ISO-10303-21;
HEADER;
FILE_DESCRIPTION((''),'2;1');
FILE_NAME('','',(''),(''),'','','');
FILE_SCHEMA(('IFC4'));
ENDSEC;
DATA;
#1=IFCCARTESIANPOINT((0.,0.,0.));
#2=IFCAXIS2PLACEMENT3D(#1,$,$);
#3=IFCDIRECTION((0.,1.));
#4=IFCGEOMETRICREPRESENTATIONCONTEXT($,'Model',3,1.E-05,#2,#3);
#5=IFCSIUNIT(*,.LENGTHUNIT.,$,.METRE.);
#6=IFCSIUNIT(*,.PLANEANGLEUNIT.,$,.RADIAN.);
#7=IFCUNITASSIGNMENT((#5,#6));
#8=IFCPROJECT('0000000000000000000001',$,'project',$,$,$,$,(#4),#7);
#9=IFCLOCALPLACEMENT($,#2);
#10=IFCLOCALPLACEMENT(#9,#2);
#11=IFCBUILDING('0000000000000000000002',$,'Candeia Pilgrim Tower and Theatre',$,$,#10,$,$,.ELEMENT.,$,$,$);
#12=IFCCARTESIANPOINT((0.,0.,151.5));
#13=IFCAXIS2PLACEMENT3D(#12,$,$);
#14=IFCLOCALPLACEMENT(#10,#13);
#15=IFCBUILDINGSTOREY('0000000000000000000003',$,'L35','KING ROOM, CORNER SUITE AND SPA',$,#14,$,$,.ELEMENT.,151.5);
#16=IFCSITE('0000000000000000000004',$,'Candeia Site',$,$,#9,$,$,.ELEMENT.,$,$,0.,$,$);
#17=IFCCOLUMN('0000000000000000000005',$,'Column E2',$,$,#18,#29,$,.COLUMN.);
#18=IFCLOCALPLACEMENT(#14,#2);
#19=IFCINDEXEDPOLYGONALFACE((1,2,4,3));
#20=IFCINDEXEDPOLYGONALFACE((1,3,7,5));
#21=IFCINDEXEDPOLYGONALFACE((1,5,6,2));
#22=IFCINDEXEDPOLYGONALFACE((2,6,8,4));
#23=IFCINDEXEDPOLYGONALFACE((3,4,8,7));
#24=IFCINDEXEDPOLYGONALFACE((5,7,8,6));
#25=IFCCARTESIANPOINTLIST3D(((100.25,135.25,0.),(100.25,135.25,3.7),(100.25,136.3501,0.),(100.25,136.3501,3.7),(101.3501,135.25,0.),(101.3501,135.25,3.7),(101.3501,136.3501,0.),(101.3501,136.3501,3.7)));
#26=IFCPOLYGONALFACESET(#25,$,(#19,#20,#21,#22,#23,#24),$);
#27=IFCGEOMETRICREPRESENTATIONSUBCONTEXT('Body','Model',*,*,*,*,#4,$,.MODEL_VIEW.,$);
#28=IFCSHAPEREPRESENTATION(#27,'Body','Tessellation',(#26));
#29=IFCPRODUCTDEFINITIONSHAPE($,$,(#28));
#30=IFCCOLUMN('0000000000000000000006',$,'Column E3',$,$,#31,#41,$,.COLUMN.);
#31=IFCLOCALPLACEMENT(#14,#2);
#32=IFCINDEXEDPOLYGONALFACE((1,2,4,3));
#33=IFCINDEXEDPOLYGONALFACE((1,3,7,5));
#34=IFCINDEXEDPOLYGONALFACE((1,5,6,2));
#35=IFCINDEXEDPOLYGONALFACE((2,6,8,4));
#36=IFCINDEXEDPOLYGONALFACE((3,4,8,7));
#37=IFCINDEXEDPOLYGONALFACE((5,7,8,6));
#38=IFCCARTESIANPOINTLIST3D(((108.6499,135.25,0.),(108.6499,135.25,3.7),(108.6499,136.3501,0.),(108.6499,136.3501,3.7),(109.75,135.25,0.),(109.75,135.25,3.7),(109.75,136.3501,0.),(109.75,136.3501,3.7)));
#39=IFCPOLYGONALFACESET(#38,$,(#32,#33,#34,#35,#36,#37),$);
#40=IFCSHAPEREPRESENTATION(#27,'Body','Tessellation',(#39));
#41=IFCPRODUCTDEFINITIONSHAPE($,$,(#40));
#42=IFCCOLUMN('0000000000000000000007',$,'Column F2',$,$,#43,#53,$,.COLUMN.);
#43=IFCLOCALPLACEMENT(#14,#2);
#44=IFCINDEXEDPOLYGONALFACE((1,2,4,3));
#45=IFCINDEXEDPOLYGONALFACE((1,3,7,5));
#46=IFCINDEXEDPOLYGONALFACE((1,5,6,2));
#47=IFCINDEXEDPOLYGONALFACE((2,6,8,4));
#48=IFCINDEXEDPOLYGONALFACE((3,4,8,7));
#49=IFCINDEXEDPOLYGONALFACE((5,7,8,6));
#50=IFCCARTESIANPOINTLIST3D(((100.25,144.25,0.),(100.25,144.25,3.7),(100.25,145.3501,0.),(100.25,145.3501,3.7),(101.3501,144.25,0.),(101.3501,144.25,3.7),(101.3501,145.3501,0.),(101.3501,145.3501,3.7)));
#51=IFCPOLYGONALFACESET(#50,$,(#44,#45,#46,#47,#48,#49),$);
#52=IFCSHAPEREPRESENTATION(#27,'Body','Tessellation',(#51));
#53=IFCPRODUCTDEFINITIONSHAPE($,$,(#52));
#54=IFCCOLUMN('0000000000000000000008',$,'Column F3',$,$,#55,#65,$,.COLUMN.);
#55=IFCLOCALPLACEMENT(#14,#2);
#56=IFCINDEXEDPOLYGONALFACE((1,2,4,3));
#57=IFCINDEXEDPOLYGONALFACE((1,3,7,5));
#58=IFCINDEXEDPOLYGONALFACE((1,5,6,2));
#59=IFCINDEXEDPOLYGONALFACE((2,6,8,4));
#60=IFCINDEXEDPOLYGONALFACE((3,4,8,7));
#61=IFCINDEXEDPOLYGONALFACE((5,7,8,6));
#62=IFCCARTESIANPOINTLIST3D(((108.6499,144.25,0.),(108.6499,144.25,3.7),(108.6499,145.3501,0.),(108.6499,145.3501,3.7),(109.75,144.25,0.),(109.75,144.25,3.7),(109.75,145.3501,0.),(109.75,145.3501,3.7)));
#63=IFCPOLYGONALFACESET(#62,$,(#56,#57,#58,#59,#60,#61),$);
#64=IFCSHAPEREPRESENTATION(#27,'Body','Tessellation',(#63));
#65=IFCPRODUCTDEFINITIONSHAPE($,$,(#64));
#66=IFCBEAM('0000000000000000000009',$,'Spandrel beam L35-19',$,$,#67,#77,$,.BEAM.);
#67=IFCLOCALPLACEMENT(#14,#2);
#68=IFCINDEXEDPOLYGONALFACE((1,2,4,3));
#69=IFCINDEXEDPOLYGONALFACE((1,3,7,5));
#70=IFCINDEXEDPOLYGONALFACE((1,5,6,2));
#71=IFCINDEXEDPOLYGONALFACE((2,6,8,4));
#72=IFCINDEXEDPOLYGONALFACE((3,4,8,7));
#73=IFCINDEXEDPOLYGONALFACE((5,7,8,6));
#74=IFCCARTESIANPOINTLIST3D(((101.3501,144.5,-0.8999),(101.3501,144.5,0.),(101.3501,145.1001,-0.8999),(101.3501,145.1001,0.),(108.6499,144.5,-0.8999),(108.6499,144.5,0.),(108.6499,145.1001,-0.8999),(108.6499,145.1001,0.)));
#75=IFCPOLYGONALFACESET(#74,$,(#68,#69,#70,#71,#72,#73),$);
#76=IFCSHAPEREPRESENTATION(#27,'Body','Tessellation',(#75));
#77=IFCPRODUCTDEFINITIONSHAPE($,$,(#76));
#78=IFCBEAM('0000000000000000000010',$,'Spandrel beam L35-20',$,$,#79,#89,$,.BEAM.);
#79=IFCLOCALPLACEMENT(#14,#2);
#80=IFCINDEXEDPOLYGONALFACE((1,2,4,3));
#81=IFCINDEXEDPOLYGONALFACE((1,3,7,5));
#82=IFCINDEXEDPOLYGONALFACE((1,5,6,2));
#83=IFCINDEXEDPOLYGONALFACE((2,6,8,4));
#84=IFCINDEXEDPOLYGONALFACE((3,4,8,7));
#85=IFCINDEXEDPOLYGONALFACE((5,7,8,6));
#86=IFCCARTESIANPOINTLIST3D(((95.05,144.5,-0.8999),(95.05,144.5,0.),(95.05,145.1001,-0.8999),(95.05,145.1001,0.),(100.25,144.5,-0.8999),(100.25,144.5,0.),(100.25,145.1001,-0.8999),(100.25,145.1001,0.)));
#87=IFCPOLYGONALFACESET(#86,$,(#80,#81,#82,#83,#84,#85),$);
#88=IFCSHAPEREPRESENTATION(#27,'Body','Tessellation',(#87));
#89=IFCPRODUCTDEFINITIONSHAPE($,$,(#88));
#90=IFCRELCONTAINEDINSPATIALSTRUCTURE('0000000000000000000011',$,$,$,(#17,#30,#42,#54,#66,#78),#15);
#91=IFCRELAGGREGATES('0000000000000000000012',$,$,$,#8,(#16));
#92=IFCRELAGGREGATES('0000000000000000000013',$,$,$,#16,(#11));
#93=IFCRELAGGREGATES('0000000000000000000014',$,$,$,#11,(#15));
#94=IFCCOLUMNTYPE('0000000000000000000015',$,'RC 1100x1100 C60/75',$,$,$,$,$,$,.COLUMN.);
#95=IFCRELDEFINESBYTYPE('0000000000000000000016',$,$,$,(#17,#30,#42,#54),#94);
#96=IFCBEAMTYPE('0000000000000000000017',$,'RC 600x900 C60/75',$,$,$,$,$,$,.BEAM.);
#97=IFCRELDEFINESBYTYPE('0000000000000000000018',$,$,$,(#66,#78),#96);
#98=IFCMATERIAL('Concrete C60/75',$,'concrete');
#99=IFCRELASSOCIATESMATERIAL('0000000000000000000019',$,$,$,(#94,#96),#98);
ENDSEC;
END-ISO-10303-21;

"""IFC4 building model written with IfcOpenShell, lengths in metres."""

from ifc_helpers import new_model, si_unit, direction, frame, origin, origin_2d, place, context, subcontext, project, spatial, rectangle, extrude, material, material_profile, profile_set, type_object, element, save


model = new_model("IFC4")

# Units and contexts
model_context = context("Model", 3, precision=1e-05, world=origin(), true_north=direction((0.0, 1.0)))
body_context = subcontext(model_context, "Body", "Model", "MODEL_VIEW")
ifc_project = project(units=[si_unit("LENGTHUNIT", "METRE"), si_unit("PLANEANGLEUNIT", "RADIAN")], contexts=[model_context])

# Site, building, storey
site_placement = place(None, origin())
site = spatial("IfcSite", under=ifc_project, at=site_placement, Name="Candeia Site", CompositionType="ELEMENT", RefElevation=0.0)
building_placement = place(site_placement, origin())
building = spatial("IfcBuilding", under=site, at=building_placement, Name="Candeia Pilgrim Tower and Theatre", CompositionType="ELEMENT")
storey_placement = place(building_placement, frame((0.0, 0.0, 151.5)))
storey = spatial("IfcBuildingStorey", under=building, at=storey_placement, Name="L35", Description="KING ROOM, CORNER SUITE AND SPA", CompositionType="ELEMENT", Elevation=151.5)

# Columns
ifc_material_1 = material(Name="Concrete C60/75", Category="concrete")
ifc_material_profile_1 = material_profile(ifc_material_1, rectangle(XDim=1.1001, YDim=1.1001, at=origin_2d()))
ifc_profile_set_1 = profile_set([ifc_material_profile_1], Name="Concrete C60/75")
column_type = type_object("IfcColumnType", Name="RC 1100x1100 C60/75", PredefinedType="COLUMN", material=ifc_profile_set_1)
for number, where, z_axis, x_axis, name in (
    (1, (100.8, 135.8, 0.0), (0.0, 0.0, 1.0), (1.0, 0.0, 0.0), "Column E2"),
    (2, (109.2, 135.8, 0.0), (0.0, 0.0, 1.0), (1.0, 0.0, 0.0), "Column E3"),
    (3, (100.8, 144.8, 0.0), (0.0, 0.0, 1.0), (1.0, 0.0, 0.0), "Column F2"),
    (4, (109.2, 144.8, 0.0), (0.0, 0.0, 1.0), (1.0, 0.0, 0.0), "Column F3"),
):
    element("IfcColumn", number, at=place(storey_placement, frame(where, z_axis=z_axis, x_axis=x_axis)), inside=storey, type_object=column_type, Name=name, PredefinedType="COLUMN", context=body_context, shape_type="SweptSolid", body=[
        extrude(rectangle(XDim=1.1001, YDim=1.1001, at=origin_2d()), origin(), (0.0, 0.0, 1.0), 3.7),
    ])

# Beams
ifc_material_profile_2 = material_profile(ifc_material_1, rectangle(XDim=0.6001, YDim=0.8999, at=origin_2d()))
ifc_profile_set_2 = profile_set([ifc_material_profile_2], Name="Concrete C60/75")
beam_type = type_object("IfcBeamType", Name="RC 600x900 C60/75", PredefinedType="BEAM", material=ifc_profile_set_2)
beam_1_placement = place(storey_placement, frame((108.6499, 144.8, -0.45), z_axis=(-1.0, 0.0, 0.0), x_axis=(0.0, -1.0, 0.0)))
element("IfcBeam", 5, at=beam_1_placement, inside=storey, type_object=beam_type, Name="Spandrel beam L35-19", PredefinedType="BEAM", context=body_context, shape_type="SweptSolid", body=[
    extrude(rectangle(XDim=0.6001, YDim=0.8999, at=origin_2d()), origin(), (0.0, 0.0, 1.0), 7.2998),
])
beam_2_placement = place(storey_placement, frame((100.25, 144.8, -0.45), z_axis=(-1.0, 0.0, 0.0), x_axis=(0.0, -1.0, 0.0)))
element("IfcBeam", 6, at=beam_2_placement, inside=storey, type_object=beam_type, Name="Spandrel beam L35-20", PredefinedType="BEAM", context=body_context, shape_type="SweptSolid", body=[
    extrude(rectangle(XDim=0.6001, YDim=0.8999, at=origin_2d()), origin(), (0.0, 0.0, 1.0), 5.2),
])

save(model, "model.ifc")
